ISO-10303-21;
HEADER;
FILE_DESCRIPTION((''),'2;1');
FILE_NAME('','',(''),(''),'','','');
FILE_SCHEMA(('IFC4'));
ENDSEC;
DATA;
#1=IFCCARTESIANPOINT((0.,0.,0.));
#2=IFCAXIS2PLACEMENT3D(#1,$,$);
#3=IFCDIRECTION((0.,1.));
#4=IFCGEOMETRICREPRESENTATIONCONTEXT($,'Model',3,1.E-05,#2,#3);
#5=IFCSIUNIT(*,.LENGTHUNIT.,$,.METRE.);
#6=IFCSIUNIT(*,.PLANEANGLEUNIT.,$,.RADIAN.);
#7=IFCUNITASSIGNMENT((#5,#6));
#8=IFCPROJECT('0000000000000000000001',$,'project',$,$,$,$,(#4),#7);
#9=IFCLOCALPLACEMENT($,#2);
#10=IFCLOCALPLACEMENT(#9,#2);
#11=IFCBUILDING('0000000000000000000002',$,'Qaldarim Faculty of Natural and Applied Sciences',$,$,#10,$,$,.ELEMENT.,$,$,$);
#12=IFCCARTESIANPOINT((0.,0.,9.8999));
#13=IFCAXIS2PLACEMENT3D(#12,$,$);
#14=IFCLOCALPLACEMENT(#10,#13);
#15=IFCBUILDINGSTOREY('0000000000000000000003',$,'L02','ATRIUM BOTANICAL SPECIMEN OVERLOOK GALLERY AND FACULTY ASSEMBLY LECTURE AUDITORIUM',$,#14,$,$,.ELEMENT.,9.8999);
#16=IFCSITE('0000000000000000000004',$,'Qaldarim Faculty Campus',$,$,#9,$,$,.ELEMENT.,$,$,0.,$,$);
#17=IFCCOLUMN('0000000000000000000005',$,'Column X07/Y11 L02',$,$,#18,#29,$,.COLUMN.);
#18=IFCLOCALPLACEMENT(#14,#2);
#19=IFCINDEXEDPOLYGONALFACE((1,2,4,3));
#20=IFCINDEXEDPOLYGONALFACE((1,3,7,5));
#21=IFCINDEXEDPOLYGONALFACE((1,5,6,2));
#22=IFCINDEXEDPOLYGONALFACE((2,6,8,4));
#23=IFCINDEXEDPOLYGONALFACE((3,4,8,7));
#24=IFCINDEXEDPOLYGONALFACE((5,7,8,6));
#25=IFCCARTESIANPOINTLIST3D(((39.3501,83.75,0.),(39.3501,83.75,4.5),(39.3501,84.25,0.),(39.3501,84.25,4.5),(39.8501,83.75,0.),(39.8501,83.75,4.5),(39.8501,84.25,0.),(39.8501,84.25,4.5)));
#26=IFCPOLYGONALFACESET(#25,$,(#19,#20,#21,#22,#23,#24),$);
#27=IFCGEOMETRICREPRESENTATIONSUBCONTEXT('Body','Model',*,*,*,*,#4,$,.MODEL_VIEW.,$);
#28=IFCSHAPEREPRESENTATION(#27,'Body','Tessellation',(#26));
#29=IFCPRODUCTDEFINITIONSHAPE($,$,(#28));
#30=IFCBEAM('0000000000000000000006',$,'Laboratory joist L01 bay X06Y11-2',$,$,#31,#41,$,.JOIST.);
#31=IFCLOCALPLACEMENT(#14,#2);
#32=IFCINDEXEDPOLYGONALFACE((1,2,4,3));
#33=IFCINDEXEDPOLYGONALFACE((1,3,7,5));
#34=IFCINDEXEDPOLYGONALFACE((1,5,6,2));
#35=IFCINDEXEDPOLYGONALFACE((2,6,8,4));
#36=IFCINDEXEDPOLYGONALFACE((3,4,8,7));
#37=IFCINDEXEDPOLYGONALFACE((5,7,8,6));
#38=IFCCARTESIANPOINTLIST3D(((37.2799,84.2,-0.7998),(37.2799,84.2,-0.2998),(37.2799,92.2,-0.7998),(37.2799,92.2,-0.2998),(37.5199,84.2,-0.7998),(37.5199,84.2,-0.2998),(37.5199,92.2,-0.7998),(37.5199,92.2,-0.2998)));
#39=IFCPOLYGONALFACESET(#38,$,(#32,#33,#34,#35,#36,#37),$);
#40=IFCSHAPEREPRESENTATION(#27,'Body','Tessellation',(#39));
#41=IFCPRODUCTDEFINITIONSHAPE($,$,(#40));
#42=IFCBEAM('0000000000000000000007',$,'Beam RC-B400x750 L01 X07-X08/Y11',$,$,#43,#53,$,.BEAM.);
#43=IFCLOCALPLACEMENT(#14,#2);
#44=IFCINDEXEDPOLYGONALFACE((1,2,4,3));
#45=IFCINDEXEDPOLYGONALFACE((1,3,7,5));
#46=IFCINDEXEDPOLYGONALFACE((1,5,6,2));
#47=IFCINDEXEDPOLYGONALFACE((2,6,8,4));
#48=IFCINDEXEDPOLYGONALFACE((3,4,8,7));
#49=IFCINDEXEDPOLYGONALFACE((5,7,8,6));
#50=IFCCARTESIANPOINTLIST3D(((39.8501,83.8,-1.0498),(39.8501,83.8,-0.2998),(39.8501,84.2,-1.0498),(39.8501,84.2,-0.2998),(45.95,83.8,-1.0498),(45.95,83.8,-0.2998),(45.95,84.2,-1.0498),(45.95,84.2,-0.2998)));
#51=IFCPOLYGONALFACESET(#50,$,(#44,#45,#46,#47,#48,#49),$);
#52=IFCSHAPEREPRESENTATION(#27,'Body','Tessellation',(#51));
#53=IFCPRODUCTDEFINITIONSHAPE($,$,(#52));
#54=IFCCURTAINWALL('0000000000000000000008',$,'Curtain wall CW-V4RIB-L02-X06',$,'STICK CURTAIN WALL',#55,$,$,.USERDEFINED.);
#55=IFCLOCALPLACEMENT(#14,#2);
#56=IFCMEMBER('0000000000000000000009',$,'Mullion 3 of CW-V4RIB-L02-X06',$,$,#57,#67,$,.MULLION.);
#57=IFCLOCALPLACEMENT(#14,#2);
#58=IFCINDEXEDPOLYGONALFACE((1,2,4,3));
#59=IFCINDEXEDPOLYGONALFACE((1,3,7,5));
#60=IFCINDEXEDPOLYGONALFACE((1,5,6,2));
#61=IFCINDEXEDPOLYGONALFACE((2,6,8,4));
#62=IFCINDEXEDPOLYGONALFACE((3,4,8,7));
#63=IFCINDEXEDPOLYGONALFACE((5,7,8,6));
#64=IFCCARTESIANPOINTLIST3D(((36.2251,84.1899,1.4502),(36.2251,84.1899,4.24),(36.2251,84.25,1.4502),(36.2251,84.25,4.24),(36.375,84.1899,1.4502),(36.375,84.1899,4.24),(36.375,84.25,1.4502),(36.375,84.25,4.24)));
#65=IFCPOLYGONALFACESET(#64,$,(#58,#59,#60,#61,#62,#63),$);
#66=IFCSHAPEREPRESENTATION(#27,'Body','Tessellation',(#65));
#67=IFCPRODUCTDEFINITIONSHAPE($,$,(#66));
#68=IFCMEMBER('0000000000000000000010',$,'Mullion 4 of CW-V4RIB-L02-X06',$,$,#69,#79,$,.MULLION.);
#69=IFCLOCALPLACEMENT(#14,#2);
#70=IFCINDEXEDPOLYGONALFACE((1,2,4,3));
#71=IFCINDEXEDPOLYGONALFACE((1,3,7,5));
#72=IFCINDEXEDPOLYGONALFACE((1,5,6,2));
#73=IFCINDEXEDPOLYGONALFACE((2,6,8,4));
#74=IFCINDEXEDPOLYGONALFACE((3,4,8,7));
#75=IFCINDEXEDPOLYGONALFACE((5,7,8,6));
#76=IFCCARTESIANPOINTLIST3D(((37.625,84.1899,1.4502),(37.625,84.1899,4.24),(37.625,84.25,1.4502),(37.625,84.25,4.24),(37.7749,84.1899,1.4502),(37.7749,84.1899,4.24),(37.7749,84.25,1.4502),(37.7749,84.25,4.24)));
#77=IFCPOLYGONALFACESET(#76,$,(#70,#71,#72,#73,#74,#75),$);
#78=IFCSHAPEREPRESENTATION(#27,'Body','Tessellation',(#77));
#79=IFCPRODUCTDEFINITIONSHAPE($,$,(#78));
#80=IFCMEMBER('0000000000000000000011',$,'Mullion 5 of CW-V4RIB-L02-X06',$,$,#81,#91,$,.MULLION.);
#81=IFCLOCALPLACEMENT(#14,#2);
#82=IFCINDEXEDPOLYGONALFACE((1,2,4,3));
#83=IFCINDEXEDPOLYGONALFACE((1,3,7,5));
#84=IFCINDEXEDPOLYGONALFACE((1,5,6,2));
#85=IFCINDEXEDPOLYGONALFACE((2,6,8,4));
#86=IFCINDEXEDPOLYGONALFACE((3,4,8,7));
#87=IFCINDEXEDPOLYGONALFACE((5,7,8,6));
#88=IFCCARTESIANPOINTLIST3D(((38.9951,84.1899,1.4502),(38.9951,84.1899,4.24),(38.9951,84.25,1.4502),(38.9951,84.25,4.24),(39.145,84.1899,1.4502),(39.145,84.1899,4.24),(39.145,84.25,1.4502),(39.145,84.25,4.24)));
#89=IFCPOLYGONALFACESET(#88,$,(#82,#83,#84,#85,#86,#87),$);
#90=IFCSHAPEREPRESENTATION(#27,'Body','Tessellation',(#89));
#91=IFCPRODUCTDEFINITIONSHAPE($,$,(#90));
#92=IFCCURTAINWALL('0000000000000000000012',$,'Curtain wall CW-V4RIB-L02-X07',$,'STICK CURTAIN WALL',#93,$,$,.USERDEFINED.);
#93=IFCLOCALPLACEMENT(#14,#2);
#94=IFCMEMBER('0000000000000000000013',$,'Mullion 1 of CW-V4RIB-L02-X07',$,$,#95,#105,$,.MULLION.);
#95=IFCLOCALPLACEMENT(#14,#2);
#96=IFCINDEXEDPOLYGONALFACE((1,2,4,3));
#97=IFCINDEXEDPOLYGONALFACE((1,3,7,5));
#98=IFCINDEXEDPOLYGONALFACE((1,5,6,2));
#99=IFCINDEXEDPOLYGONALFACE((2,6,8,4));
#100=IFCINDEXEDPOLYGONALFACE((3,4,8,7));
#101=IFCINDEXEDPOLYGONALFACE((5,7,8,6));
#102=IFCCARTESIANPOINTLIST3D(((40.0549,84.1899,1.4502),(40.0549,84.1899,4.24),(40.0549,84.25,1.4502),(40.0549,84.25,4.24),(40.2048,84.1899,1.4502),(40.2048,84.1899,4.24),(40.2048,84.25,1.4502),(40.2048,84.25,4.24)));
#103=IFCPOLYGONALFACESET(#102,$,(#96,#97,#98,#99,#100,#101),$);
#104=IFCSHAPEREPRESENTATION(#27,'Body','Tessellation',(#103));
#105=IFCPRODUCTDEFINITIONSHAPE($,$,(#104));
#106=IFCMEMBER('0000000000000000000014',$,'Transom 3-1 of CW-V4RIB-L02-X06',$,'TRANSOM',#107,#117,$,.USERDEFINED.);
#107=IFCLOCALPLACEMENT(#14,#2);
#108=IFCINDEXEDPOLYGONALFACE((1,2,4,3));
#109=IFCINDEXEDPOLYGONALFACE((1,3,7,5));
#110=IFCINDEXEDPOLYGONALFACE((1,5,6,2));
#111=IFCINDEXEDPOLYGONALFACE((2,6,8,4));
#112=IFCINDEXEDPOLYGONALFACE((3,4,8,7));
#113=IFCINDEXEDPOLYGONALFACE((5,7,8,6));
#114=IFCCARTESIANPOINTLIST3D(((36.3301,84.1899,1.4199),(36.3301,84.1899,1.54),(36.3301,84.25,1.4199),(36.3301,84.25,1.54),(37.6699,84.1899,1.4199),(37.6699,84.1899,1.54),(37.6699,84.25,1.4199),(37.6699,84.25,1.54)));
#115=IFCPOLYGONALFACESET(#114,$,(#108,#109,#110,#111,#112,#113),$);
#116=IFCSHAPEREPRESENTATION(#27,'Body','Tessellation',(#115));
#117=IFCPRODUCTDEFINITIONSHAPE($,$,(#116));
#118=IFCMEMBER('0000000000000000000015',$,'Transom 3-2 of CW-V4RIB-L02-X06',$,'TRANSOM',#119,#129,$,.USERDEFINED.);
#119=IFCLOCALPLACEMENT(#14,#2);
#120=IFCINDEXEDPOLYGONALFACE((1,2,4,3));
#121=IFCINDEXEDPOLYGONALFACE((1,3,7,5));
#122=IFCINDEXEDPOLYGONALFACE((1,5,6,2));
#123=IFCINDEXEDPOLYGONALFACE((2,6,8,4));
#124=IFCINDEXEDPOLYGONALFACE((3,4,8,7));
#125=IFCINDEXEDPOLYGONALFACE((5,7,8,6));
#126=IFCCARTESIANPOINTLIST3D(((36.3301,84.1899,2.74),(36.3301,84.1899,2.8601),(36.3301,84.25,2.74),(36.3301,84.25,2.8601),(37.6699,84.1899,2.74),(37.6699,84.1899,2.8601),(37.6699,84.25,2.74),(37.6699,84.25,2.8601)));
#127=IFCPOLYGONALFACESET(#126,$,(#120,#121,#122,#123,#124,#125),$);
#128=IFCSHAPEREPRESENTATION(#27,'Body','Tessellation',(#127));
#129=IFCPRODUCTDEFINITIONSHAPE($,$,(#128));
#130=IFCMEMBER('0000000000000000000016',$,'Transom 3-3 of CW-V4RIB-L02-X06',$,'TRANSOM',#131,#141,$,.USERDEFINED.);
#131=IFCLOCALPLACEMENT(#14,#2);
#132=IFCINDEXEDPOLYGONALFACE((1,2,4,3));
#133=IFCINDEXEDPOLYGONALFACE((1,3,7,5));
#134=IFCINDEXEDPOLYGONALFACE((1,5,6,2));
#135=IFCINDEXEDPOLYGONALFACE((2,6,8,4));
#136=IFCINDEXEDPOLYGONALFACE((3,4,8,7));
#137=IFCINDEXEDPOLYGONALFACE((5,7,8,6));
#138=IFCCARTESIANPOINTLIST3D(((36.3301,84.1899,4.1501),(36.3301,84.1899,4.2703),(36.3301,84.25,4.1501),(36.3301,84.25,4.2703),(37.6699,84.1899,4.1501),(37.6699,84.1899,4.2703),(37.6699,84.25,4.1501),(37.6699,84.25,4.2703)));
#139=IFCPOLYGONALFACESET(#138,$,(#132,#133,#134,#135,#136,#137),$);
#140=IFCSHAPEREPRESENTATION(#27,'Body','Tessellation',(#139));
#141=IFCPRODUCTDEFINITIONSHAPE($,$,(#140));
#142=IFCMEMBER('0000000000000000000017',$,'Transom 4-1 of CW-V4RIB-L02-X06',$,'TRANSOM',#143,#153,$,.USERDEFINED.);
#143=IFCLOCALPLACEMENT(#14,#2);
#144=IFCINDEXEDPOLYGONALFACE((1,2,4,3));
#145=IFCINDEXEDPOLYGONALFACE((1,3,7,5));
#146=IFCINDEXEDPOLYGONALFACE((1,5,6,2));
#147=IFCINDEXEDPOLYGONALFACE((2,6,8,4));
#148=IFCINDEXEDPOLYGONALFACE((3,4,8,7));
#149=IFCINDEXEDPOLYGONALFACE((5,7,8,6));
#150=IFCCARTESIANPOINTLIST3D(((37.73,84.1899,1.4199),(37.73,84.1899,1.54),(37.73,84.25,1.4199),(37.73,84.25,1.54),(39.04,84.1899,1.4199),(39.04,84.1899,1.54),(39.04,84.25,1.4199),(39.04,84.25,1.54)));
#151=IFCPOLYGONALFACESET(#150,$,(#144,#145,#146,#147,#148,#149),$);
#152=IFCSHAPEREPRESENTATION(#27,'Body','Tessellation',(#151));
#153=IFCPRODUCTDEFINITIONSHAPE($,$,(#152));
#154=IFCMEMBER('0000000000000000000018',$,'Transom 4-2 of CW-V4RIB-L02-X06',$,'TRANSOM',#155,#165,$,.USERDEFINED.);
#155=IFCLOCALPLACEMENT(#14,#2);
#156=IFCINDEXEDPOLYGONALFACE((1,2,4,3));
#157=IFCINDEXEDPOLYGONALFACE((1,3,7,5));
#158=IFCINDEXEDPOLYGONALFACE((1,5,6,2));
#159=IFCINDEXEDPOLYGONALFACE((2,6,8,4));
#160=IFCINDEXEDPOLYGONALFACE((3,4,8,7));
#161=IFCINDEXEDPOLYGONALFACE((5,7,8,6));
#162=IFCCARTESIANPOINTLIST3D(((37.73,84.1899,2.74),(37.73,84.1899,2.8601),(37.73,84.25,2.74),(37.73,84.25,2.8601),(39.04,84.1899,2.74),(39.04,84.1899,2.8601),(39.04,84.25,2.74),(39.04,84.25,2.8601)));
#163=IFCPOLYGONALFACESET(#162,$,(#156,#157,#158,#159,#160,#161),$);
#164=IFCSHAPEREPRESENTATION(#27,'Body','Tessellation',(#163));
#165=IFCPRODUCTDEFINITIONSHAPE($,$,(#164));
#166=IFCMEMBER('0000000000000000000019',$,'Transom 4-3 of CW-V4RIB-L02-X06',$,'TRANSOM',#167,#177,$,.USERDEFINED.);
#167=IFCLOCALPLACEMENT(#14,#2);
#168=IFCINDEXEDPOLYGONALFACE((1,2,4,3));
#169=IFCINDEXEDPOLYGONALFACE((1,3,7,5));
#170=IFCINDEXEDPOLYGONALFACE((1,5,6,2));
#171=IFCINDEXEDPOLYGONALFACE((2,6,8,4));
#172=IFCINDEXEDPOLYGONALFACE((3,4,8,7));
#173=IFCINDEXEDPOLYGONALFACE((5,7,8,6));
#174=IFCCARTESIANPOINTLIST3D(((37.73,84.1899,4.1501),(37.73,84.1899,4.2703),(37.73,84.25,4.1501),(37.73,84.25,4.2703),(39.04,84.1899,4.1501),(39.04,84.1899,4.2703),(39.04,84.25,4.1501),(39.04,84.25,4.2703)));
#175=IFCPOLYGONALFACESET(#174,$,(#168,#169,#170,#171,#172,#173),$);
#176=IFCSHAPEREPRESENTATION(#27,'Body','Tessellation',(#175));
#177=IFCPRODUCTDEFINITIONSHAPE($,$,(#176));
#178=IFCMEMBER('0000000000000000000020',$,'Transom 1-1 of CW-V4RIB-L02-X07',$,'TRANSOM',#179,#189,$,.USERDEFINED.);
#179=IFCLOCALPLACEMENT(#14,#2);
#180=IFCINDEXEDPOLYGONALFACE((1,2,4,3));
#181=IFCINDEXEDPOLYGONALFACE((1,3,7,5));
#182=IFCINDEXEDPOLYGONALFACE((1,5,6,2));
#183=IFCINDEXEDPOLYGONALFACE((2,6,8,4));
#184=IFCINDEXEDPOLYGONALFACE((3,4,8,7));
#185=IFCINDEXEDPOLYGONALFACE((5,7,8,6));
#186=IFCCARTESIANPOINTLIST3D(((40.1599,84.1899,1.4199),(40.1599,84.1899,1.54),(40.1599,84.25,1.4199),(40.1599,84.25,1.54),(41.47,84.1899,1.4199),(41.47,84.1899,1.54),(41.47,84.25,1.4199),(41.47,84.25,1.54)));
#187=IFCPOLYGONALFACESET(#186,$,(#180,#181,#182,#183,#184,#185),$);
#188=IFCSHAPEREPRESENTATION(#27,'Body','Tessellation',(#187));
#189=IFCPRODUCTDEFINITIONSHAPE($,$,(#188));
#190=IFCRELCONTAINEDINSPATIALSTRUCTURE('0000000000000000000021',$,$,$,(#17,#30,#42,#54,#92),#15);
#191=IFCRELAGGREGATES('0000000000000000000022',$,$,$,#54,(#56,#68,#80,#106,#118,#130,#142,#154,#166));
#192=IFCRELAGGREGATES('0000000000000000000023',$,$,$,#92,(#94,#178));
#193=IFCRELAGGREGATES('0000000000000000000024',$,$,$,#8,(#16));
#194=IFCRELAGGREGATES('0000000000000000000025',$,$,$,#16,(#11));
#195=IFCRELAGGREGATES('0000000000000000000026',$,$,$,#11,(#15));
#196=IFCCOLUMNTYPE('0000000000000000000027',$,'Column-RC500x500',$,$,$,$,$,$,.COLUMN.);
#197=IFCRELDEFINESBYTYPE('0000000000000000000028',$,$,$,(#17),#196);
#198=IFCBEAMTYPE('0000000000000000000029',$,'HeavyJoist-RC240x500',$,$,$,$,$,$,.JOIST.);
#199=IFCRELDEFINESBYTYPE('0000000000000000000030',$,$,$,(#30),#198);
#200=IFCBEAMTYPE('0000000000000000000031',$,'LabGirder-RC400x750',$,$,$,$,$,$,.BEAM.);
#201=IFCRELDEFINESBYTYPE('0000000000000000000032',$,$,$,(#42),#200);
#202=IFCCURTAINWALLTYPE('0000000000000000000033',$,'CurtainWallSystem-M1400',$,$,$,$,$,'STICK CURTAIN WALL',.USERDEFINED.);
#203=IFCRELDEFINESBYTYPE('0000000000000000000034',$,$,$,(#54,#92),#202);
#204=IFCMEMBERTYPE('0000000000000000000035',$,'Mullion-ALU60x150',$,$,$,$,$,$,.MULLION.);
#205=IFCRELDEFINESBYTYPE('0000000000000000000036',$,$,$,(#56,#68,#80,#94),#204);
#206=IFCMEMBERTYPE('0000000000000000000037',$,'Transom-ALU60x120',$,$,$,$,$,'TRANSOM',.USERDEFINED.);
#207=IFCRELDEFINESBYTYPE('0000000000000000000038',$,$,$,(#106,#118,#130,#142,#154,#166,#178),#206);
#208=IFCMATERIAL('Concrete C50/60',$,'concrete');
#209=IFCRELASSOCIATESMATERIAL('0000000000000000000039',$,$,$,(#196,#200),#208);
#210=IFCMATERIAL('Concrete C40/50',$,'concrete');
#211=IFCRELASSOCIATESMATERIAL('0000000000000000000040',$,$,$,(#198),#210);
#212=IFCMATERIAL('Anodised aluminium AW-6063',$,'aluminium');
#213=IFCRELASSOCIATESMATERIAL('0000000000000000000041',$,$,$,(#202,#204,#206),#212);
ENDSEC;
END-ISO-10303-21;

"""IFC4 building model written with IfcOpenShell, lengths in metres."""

from ifc_helpers import new_model, si_unit, direction, frame, origin, origin_2d, place, context, subcontext, project, spatial, rectangle, extrude, material, material_profile, profile_set, type_object, element, aggregate, save


model = new_model("IFC4")

# Units and contexts
model_context = context("Model", 3, precision=1e-05, world=origin(), true_north=direction((0.0, 1.0)))
body_context = subcontext(model_context, "Body", "Model", "MODEL_VIEW")
ifc_project = project(units=[si_unit("LENGTHUNIT", "METRE"), si_unit("PLANEANGLEUNIT", "RADIAN")], contexts=[model_context])

# Site, building, storey
site_placement = place(None, origin())
site = spatial("IfcSite", under=ifc_project, at=site_placement, Name="Qaldarim Faculty Campus", CompositionType="ELEMENT", RefElevation=0.0)
building_placement = place(site_placement, origin())
building = spatial("IfcBuilding", under=site, at=building_placement, Name="Qaldarim Faculty of Natural and Applied Sciences", CompositionType="ELEMENT")
storey_placement = place(building_placement, frame((0.0, 0.0, 9.8999)))
storey = spatial("IfcBuildingStorey", under=building, at=storey_placement, Name="L02", Description="ATRIUM BOTANICAL SPECIMEN OVERLOOK GALLERY AND FACULTY ASSEMBLY LECTURE AUDITORIUM", CompositionType="ELEMENT", Elevation=9.8999)

# Column
ifc_material_1 = material(Name="Concrete C50/60", Category="concrete")
ifc_material_profile_1 = material_profile(ifc_material_1, rectangle(XDim=0.5, YDim=0.5, at=origin_2d()), Name="RC-C500x500")
ifc_profile_set_1 = profile_set([ifc_material_profile_1], Name="Concrete C50/60")
column_type = type_object("IfcColumnType", Name="Column-RC500x500", PredefinedType="COLUMN", material=ifc_profile_set_1)
column_placement = place(storey_placement, frame((39.6001, 84.0, 0.0), z_axis=(0.0, 0.0, 1.0), x_axis=(1.0, 0.0, 0.0)))
element("IfcColumn", 1, at=column_placement, inside=storey, type_object=column_type, Name="Column X07/Y11 L02", PredefinedType="COLUMN", context=body_context, shape_type="SweptSolid", body=[
    extrude(rectangle(XDim=0.5, YDim=0.5, at=origin_2d()), origin(), (0.0, 0.0, 1.0), 4.5),
])

# Beams
ifc_material_2 = material(Name="Concrete C40/50", Category="concrete")
ifc_material_profile_2 = material_profile(ifc_material_2, rectangle(XDim=0.24, YDim=0.5, at=origin_2d()), Name="RC-J240x500")
ifc_profile_set_2 = profile_set([ifc_material_profile_2], Name="Concrete C40/50")
beam_type_1 = type_object("IfcBeamType", Name="HeavyJoist-RC240x500", PredefinedType="JOIST", material=ifc_profile_set_2)
beam_1_placement = place(storey_placement, frame((37.3999, 84.2, -0.5498), z_axis=(0.0, 1.0, 0.0), x_axis=(-1.0, 0.0, 0.0)))
element("IfcBeam", 2, at=beam_1_placement, inside=storey, type_object=beam_type_1, Name="Laboratory joist L01 bay X06Y11-2", PredefinedType="JOIST", context=body_context, shape_type="SweptSolid", body=[
    extrude(rectangle(XDim=0.24, YDim=0.5, at=origin_2d()), origin(), (0.0, 0.0, 1.0), 8.0),
])
ifc_material_profile_3 = material_profile(ifc_material_1, rectangle(XDim=0.3999, YDim=0.75, at=origin_2d()), Name="RC-B400x750")
ifc_profile_set_3 = profile_set([ifc_material_profile_3], Name="Concrete C50/60")
beam_type_2 = type_object("IfcBeamType", Name="LabGirder-RC400x750", PredefinedType="BEAM", material=ifc_profile_set_3)
beam_2_placement = place(storey_placement, frame((39.8501, 84.0, -0.6748), z_axis=(1.0, 0.0, 0.0), x_axis=(0.0, 1.0, 0.0)))
element("IfcBeam", 3, at=beam_2_placement, inside=storey, type_object=beam_type_2, Name="Beam RC-B400x750 L01 X07-X08/Y11", PredefinedType="BEAM", context=body_context, shape_type="SweptSolid", body=[
    extrude(rectangle(XDim=0.3999, YDim=0.75, at=origin_2d()), origin(), (0.0, 0.0, 1.0), 6.0999),
])

# Curtain wall, members
ifc_material_3 = material(Name="Anodised aluminium AW-6063", Category="aluminium")
curtain_wall_type = type_object("IfcCurtainWallType", Name="CurtainWallSystem-M1400", ElementType="STICK CURTAIN WALL", PredefinedType="USERDEFINED", material=ifc_material_3)
curtain_wall_1_placement = place(storey_placement, origin())
curtain_wall_1 = element("IfcCurtainWall", 4, at=curtain_wall_1_placement, inside=storey, type_object=curtain_wall_type, Name="Curtain wall CW-V4RIB-L02-X06", ObjectType="STICK CURTAIN WALL", PredefinedType="USERDEFINED")
ifc_material_profile_4 = material_profile(ifc_material_3, rectangle(XDim=0.0601, YDim=0.1499, at=origin_2d()), Name="ALU-M60x150")
ifc_profile_set_4 = profile_set([ifc_material_profile_4], Name="Anodised aluminium AW-6063")
member_type_1 = type_object("IfcMemberType", Name="Mullion-ALU60x150", PredefinedType="MULLION", material=ifc_profile_set_4)
member_1_placement = place(storey_placement, frame((36.3, 84.22, 1.4502), z_axis=(0.0, 0.0, 1.0), x_axis=(0.0, 1.0, 0.0)))
member_1 = element("IfcMember", 5, at=member_1_placement, type_object=member_type_1, Name="Mullion 3 of CW-V4RIB-L02-X06", PredefinedType="MULLION", context=body_context, shape_type="SweptSolid", body=[
    extrude(rectangle(XDim=0.0601, YDim=0.1499, at=origin_2d()), origin(), (0.0, 0.0, 1.0), 2.7898),
])
member_2_placement = place(storey_placement, frame((37.7, 84.22, 1.4502), z_axis=(0.0, 0.0, 1.0), x_axis=(0.0, 1.0, 0.0)))
member_2 = element("IfcMember", 6, at=member_2_placement, type_object=member_type_1, Name="Mullion 4 of CW-V4RIB-L02-X06", PredefinedType="MULLION", context=body_context, shape_type="SweptSolid", body=[
    extrude(rectangle(XDim=0.0601, YDim=0.1499, at=origin_2d()), origin(), (0.0, 0.0, 1.0), 2.7898),
])
member_3_placement = place(storey_placement, frame((39.0701, 84.22, 1.4502), z_axis=(0.0, 0.0, 1.0), x_axis=(0.0, 1.0, 0.0)))
member_3 = element("IfcMember", 7, at=member_3_placement, type_object=member_type_1, Name="Mullion 5 of CW-V4RIB-L02-X06", PredefinedType="MULLION", context=body_context, shape_type="SweptSolid", body=[
    extrude(rectangle(XDim=0.0601, YDim=0.1499, at=origin_2d()), origin(), (0.0, 0.0, 1.0), 2.7898),
])

# Curtain wall, member
curtain_wall_2_placement = place(storey_placement, origin())
curtain_wall_2 = element("IfcCurtainWall", 8, at=curtain_wall_2_placement, inside=storey, type_object=curtain_wall_type, Name="Curtain wall CW-V4RIB-L02-X07", ObjectType="STICK CURTAIN WALL", PredefinedType="USERDEFINED")
member_4_placement = place(storey_placement, frame((40.1299, 84.22, 1.4502), z_axis=(0.0, 0.0, 1.0), x_axis=(0.0, 1.0, 0.0)))
member_4 = element("IfcMember", 9, at=member_4_placement, type_object=member_type_1, Name="Mullion 1 of CW-V4RIB-L02-X07", PredefinedType="MULLION", context=body_context, shape_type="SweptSolid", body=[
    extrude(rectangle(XDim=0.0601, YDim=0.1499, at=origin_2d()), origin(), (0.0, 0.0, 1.0), 2.7898),
])

# Members
ifc_material_profile_5 = material_profile(ifc_material_3, rectangle(XDim=0.0601, YDim=0.1201, at=origin_2d()), Name="ALU-T60x120")
ifc_profile_set_5 = profile_set([ifc_material_profile_5], Name="Anodised aluminium AW-6063")
member_type_2 = type_object("IfcMemberType", Name="Transom-ALU60x120", ElementType="TRANSOM", PredefinedType="USERDEFINED", material=ifc_profile_set_5)
member_5_placement = place(storey_placement, frame((36.3301, 84.22, 1.48), z_axis=(1.0, 0.0, 0.0), x_axis=(0.0, 1.0, 0.0)))
member_5 = element("IfcMember", 10, at=member_5_placement, type_object=member_type_2, Name="Transom 3-1 of CW-V4RIB-L02-X06", ObjectType="TRANSOM", PredefinedType="USERDEFINED", context=body_context, shape_type="SweptSolid", body=[
    extrude(rectangle(XDim=0.0601, YDim=0.1201, at=origin_2d()), origin(), (0.0, 0.0, 1.0), 1.3398),
])
member_6_placement = place(storey_placement, frame((36.3301, 84.22, 2.8), z_axis=(1.0, 0.0, 0.0), x_axis=(0.0, 1.0, 0.0)))
member_6 = element("IfcMember", 11, at=member_6_placement, type_object=member_type_2, Name="Transom 3-2 of CW-V4RIB-L02-X06", ObjectType="TRANSOM", PredefinedType="USERDEFINED", context=body_context, shape_type="SweptSolid", body=[
    extrude(rectangle(XDim=0.0601, YDim=0.1201, at=origin_2d()), origin(), (0.0, 0.0, 1.0), 1.3398),
])
member_7_placement = place(storey_placement, frame((36.3301, 84.22, 4.2102), z_axis=(1.0, 0.0, 0.0), x_axis=(0.0, 1.0, 0.0)))
member_7 = element("IfcMember", 12, at=member_7_placement, type_object=member_type_2, Name="Transom 3-3 of CW-V4RIB-L02-X06", ObjectType="TRANSOM", PredefinedType="USERDEFINED", context=body_context, shape_type="SweptSolid", body=[
    extrude(rectangle(XDim=0.0601, YDim=0.1201, at=origin_2d()), origin(), (0.0, 0.0, 1.0), 1.3398),
])
member_8_placement = place(storey_placement, frame((37.73, 84.22, 1.48), z_axis=(1.0, 0.0, 0.0), x_axis=(0.0, 1.0, 0.0)))
member_8 = element("IfcMember", 13, at=member_8_placement, type_object=member_type_2, Name="Transom 4-1 of CW-V4RIB-L02-X06", ObjectType="TRANSOM", PredefinedType="USERDEFINED", context=body_context, shape_type="SweptSolid", body=[
    extrude(rectangle(XDim=0.0601, YDim=0.1201, at=origin_2d()), origin(), (0.0, 0.0, 1.0), 1.3101),
])
member_9_placement = place(storey_placement, frame((37.73, 84.22, 2.8), z_axis=(1.0, 0.0, 0.0), x_axis=(0.0, 1.0, 0.0)))
member_9 = element("IfcMember", 14, at=member_9_placement, type_object=member_type_2, Name="Transom 4-2 of CW-V4RIB-L02-X06", ObjectType="TRANSOM", PredefinedType="USERDEFINED", context=body_context, shape_type="SweptSolid", body=[
    extrude(rectangle(XDim=0.0601, YDim=0.1201, at=origin_2d()), origin(), (0.0, 0.0, 1.0), 1.3101),
])
member_10_placement = place(storey_placement, frame((37.73, 84.22, 4.2102), z_axis=(1.0, 0.0, 0.0), x_axis=(0.0, 1.0, 0.0)))
member_10 = element("IfcMember", 15, at=member_10_placement, type_object=member_type_2, Name="Transom 4-3 of CW-V4RIB-L02-X06", ObjectType="TRANSOM", PredefinedType="USERDEFINED", context=body_context, shape_type="SweptSolid", body=[
    extrude(rectangle(XDim=0.0601, YDim=0.1201, at=origin_2d()), origin(), (0.0, 0.0, 1.0), 1.3101),
])
member_11_placement = place(storey_placement, frame((40.1599, 84.22, 1.48), z_axis=(1.0, 0.0, 0.0), x_axis=(0.0, 1.0, 0.0)))
member_11 = element("IfcMember", 16, at=member_11_placement, type_object=member_type_2, Name="Transom 1-1 of CW-V4RIB-L02-X07", ObjectType="TRANSOM", PredefinedType="USERDEFINED", context=body_context, shape_type="SweptSolid", body=[
    extrude(rectangle(XDim=0.0601, YDim=0.1201, at=origin_2d()), origin(), (0.0, 0.0, 1.0), 1.3101),
])

aggregate(curtain_wall_1, [member_1, member_2, member_3, member_5, member_6, member_7, member_8, member_9, member_10])
aggregate(curtain_wall_2, [member_4, member_11])

save(model, "model.ifc")
